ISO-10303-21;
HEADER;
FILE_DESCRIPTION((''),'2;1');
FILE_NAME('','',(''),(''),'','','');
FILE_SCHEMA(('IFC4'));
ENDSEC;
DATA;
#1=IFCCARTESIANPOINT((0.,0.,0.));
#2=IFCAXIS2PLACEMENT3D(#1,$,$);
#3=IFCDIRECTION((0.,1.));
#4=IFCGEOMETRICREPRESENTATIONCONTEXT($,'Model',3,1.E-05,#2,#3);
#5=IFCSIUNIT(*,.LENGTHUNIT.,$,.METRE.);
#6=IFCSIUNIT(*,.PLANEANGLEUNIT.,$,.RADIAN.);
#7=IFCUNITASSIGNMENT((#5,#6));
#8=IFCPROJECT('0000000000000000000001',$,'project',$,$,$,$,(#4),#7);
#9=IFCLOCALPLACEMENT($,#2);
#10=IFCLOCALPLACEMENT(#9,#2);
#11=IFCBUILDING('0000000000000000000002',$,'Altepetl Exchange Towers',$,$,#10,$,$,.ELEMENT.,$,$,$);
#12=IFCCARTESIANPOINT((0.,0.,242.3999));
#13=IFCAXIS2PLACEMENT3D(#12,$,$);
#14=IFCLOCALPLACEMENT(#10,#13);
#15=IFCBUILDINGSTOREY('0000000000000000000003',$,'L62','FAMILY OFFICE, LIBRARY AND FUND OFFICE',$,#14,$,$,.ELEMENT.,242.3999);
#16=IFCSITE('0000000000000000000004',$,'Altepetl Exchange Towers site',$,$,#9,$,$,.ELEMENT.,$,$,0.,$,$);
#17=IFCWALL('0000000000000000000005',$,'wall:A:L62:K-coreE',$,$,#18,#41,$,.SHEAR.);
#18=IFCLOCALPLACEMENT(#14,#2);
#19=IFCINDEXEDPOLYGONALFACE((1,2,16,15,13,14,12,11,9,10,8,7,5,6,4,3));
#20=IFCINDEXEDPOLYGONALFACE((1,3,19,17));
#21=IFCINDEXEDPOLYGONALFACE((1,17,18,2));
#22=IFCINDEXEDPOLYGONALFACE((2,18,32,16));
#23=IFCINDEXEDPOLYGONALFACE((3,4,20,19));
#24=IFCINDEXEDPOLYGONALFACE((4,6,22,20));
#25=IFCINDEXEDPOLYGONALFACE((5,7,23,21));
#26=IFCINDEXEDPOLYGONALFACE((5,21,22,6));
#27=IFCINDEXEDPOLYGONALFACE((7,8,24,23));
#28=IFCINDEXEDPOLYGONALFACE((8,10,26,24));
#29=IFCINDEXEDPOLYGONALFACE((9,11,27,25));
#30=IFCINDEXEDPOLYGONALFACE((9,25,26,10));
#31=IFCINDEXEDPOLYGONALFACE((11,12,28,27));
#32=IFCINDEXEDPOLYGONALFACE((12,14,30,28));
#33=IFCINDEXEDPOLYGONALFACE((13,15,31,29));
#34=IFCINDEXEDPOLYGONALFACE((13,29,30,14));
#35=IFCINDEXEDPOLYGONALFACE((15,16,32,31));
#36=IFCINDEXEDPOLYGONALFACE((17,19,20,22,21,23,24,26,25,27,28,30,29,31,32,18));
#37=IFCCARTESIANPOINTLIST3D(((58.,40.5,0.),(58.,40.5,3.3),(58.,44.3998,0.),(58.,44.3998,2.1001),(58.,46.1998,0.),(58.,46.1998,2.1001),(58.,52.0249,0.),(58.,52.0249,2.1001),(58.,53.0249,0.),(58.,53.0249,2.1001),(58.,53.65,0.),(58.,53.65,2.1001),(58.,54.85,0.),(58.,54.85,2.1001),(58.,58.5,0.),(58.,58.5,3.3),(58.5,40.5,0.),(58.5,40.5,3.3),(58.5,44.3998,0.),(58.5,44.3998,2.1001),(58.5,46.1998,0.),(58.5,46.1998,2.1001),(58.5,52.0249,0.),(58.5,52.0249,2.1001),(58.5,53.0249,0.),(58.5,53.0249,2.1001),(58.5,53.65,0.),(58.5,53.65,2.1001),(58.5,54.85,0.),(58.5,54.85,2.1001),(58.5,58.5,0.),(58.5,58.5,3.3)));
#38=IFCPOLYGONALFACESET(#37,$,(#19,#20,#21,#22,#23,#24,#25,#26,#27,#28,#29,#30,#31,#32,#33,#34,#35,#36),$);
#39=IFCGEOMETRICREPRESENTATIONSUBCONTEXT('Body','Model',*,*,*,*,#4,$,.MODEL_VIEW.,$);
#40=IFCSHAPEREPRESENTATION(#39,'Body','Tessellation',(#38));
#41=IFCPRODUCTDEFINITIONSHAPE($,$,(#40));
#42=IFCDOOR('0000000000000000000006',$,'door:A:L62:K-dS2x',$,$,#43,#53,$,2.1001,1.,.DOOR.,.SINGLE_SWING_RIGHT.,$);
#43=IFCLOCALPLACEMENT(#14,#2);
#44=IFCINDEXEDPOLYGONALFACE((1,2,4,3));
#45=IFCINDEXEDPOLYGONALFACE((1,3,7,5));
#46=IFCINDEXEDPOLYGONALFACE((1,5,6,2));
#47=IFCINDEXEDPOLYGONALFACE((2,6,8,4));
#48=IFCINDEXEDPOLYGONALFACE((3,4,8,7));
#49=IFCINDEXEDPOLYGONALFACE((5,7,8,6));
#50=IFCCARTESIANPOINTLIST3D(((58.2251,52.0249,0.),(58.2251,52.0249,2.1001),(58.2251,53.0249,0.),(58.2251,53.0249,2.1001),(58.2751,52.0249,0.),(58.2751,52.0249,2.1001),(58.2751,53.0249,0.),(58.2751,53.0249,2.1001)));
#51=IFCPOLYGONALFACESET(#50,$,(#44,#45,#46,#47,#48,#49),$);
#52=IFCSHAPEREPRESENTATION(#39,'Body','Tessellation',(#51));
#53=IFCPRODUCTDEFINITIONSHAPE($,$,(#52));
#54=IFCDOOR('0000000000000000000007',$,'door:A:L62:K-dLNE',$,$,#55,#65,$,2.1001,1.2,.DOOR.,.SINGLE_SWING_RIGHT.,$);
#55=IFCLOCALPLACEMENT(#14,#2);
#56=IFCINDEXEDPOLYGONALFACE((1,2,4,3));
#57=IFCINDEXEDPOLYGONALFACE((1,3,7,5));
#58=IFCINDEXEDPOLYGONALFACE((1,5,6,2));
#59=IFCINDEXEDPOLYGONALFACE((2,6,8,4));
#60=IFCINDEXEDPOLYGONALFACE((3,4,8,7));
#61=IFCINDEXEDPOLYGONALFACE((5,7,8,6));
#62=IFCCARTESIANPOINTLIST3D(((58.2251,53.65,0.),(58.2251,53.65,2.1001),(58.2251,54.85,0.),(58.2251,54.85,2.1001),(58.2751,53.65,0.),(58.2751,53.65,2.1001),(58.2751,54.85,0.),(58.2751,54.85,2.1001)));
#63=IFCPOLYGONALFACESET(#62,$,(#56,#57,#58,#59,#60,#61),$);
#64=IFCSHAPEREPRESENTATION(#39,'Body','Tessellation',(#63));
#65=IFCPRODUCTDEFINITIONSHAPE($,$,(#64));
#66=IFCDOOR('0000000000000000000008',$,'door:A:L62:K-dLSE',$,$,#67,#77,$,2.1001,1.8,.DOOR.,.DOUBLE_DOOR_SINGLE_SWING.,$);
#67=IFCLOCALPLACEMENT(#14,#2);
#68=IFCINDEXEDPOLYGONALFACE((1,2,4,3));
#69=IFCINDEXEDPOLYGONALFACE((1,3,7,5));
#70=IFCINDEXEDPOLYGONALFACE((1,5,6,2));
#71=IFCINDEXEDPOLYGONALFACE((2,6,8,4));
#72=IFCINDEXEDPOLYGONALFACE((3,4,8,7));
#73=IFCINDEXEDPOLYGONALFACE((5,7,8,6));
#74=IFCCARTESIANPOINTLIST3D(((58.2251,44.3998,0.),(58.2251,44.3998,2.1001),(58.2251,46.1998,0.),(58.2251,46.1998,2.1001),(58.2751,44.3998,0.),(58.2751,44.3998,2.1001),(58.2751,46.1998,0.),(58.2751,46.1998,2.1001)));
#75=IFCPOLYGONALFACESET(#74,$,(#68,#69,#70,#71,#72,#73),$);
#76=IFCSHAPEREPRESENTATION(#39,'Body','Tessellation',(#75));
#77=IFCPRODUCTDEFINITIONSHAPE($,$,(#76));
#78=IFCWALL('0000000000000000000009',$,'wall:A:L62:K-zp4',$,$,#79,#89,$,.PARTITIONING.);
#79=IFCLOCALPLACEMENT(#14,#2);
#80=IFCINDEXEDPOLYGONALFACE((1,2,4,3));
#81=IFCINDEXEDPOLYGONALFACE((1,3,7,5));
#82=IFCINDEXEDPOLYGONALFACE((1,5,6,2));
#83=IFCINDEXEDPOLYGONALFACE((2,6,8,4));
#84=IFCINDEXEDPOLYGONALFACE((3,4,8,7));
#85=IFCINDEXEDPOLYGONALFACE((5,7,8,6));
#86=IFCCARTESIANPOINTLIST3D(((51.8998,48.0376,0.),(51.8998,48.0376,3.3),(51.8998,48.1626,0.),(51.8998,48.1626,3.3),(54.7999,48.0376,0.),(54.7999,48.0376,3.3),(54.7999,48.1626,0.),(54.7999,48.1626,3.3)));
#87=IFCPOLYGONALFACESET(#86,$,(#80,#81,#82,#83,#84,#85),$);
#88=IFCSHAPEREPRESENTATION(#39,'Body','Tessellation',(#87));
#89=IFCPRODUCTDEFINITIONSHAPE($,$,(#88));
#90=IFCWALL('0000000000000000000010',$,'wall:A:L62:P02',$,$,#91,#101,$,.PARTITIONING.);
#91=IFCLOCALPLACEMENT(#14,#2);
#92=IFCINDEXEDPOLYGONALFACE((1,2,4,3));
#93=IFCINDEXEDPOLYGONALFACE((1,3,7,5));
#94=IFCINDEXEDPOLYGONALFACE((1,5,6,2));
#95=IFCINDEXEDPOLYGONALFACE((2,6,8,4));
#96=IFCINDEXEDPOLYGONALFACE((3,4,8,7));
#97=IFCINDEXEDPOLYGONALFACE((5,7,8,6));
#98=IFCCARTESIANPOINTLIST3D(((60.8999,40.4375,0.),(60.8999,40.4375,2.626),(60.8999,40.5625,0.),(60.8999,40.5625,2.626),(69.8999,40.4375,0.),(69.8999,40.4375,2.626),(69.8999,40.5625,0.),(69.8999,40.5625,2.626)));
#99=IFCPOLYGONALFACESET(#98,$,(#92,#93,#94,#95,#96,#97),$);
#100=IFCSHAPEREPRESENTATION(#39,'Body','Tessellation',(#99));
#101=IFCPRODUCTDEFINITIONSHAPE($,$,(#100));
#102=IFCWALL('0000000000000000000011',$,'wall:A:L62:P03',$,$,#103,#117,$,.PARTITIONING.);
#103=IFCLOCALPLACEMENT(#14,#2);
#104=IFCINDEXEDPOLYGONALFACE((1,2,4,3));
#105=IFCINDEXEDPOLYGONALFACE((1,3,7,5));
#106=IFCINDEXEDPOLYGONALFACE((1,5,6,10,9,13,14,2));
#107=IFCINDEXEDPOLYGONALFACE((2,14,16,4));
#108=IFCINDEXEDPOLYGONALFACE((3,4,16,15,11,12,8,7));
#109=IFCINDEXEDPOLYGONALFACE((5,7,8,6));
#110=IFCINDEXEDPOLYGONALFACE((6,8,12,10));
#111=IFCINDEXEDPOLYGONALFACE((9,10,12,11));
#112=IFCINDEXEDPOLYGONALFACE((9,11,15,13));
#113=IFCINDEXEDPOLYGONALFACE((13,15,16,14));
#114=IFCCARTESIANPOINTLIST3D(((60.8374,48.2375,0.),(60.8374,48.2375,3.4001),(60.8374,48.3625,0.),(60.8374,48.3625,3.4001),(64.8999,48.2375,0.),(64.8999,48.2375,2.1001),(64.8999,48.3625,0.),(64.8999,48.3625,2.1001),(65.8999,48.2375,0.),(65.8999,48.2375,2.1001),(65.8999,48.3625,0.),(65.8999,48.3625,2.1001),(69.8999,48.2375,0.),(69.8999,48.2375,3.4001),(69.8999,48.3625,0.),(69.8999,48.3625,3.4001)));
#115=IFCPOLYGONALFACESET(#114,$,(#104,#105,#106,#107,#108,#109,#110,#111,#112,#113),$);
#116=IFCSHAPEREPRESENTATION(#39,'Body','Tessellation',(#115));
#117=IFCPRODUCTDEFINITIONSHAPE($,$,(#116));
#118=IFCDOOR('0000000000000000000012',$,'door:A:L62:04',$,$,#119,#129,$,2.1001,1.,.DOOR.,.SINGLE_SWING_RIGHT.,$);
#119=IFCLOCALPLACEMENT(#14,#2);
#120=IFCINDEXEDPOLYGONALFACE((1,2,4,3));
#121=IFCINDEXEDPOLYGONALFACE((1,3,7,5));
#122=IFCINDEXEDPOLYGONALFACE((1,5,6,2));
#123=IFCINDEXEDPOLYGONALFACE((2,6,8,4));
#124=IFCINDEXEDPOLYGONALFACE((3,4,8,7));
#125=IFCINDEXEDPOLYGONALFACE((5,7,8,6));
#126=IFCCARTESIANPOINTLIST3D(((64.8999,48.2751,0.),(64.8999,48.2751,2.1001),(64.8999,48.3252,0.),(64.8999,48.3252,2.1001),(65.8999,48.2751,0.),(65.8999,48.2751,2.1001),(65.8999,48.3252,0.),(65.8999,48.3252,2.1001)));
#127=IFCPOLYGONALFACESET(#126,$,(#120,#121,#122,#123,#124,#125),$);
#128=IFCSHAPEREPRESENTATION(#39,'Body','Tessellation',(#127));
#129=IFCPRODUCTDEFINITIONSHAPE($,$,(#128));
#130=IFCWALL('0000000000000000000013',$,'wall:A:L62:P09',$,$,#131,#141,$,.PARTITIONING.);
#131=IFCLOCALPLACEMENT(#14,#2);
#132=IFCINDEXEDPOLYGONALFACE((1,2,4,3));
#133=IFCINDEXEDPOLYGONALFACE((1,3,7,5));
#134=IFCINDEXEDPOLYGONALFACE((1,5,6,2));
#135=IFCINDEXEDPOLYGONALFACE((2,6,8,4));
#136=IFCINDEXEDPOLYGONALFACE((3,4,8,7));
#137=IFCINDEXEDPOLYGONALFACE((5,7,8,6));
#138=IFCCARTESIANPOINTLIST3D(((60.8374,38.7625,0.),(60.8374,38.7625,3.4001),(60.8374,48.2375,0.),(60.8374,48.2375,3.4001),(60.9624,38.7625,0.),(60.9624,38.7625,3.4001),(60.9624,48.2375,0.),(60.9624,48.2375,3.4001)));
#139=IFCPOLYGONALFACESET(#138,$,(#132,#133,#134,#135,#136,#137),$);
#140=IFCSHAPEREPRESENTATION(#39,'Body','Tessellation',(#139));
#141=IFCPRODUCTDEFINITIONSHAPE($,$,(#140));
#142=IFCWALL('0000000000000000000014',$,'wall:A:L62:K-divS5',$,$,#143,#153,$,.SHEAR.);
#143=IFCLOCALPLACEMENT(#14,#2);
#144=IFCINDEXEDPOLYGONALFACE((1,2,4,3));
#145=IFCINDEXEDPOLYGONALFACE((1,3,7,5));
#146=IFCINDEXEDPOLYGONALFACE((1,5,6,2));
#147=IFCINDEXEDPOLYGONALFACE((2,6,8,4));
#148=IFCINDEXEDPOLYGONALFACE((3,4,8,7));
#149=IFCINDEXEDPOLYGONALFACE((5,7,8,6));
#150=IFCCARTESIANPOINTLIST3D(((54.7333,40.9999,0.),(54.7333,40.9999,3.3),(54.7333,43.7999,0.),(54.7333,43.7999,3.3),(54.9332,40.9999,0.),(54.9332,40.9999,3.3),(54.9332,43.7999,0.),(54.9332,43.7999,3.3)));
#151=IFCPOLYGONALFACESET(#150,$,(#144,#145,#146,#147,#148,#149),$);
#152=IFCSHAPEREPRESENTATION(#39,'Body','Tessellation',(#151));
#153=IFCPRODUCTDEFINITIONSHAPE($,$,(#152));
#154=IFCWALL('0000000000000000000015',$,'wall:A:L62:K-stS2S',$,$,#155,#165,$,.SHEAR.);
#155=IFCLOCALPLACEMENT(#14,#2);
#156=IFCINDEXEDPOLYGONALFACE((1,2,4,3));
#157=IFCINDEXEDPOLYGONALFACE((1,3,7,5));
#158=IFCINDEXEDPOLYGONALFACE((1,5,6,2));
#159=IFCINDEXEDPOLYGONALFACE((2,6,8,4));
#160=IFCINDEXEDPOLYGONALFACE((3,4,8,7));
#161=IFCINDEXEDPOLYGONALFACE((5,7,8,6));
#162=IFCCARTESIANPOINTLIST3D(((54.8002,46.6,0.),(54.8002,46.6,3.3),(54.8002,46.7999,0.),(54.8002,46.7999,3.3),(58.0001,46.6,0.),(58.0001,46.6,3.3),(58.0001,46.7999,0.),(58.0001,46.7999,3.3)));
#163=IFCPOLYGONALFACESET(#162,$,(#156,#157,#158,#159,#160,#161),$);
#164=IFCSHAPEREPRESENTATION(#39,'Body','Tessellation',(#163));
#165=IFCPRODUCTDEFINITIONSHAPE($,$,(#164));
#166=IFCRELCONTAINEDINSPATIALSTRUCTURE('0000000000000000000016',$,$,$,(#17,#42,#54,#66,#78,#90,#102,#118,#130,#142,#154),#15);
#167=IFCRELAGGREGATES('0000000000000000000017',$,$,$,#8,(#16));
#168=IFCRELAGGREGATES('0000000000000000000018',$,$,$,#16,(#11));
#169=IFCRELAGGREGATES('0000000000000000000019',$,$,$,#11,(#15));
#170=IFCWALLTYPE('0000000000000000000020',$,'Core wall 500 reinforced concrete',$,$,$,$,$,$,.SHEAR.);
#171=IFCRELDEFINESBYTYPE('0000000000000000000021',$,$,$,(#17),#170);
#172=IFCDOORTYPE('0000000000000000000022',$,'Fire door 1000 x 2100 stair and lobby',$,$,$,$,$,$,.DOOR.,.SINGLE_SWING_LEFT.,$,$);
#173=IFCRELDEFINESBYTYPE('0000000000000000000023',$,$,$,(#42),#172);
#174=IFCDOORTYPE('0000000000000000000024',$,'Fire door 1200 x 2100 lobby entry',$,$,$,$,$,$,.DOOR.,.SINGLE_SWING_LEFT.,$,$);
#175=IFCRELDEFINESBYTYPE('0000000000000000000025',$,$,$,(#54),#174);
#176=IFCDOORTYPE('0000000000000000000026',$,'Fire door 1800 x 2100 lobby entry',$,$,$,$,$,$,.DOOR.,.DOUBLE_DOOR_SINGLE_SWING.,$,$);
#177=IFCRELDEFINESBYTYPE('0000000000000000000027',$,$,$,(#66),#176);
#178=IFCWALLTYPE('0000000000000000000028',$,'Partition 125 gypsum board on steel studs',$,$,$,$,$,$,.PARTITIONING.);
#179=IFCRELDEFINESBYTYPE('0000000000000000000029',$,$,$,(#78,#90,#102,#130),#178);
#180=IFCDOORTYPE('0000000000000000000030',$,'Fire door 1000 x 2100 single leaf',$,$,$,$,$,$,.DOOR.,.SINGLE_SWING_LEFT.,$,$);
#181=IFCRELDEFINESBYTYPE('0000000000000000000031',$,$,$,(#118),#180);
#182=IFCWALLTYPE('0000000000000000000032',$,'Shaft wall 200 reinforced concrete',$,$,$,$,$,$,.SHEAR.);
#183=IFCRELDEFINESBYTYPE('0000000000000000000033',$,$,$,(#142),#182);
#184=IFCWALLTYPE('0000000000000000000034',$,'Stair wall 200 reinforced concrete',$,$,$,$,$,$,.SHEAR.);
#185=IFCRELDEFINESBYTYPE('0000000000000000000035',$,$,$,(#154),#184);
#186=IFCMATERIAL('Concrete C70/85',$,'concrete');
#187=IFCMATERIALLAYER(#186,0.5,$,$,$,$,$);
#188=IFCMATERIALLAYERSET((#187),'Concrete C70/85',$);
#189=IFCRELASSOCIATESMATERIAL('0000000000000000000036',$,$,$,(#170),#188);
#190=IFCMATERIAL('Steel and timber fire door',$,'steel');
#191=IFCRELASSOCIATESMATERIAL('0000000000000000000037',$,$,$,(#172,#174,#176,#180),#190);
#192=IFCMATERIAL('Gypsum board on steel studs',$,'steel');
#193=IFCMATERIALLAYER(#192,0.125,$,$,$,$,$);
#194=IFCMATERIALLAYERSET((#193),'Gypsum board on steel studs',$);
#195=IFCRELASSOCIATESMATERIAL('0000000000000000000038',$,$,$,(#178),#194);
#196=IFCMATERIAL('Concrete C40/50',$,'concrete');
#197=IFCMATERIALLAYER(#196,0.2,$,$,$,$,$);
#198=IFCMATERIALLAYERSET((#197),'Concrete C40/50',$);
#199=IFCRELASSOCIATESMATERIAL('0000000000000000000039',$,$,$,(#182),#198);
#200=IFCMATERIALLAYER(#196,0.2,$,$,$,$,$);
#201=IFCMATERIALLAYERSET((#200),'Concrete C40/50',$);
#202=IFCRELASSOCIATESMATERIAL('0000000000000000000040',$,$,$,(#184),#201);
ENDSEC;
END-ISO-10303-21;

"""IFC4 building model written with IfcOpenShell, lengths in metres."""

from ifc_helpers import new_model, si_unit, direction, frame, frame_2d, origin, place, context, subcontext, project, spatial, rectangle, extrude, material, layer, layer_set, type_object, element, fill, save


model = new_model("IFC4")

# Units and contexts
model_context = context("Model", 3, precision=1e-05, world=origin(), true_north=direction((0.0, 1.0)))
body_context = subcontext(model_context, "Body", "Model", "MODEL_VIEW")
ifc_project = project(units=[si_unit("LENGTHUNIT", "METRE"), si_unit("PLANEANGLEUNIT", "RADIAN")], contexts=[model_context])

# Site, building, storey
site_placement = place(None, origin())
site = spatial("IfcSite", under=ifc_project, at=site_placement, Name="Altepetl Exchange Towers site", CompositionType="ELEMENT", RefElevation=0.0)
building_placement = place(site_placement, origin())
building = spatial("IfcBuilding", under=site, at=building_placement, Name="Altepetl Exchange Towers", CompositionType="ELEMENT")
storey_placement = place(building_placement, frame((0.0, 0.0, 242.3999)))
storey = spatial("IfcBuildingStorey", under=building, at=storey_placement, Name="L62", Description="FAMILY OFFICE, LIBRARY AND FUND OFFICE", CompositionType="ELEMENT", Elevation=242.3999)

# Shared definitions
ifc_material_1 = material(Name="Concrete C70/85", Category="concrete")

# Wall, openings, doors
ifc_layer_1 = layer(ifc_material_1, 0.5)
ifc_layer_set_1 = layer_set([ifc_layer_1], Name="Concrete C70/85")
wall_type_1 = type_object("IfcWallType", Name="Core wall 500 reinforced concrete", PredefinedType="SHEAR", material=ifc_layer_set_1)
wall_1_placement = place(storey_placement, frame((58.25, 40.5, 0.0), z_axis=(0.0, 0.0, 1.0), x_axis=(0.0, 1.0, 0.0)))
wall_1 = element("IfcWall", 1, at=wall_1_placement, inside=storey, type_object=wall_type_1, Name="wall:A:L62:K-coreE", PredefinedType="SHEAR", context=body_context, shape_type="SweptSolid", body=[
    extrude(rectangle(XDim=18.0, YDim=0.5, at=frame_2d((9.0, 0.0))), origin(), (0.0, 0.0, 1.0), 3.3),
])
opening_1_placement = place(wall_1_placement, frame((13.1499, 0.0, 0.0)))
opening_1 = element("IfcOpeningElement", 2, at=opening_1_placement, cuts=wall_1, PredefinedType="OPENING", context=body_context, shape_type="SweptSolid", body=[
    extrude(rectangle(XDim=1.2, YDim=2.1001, at=frame_2d((0.6001, 1.05))), frame((0.0, 0.26, 0.0), z_axis=(0.0, -1.0, 0.0), x_axis=(1.0, 0.0, 0.0)), (0.0, 0.0, 1.0), 0.52),
])
opening_2_placement = place(wall_1_placement, frame((3.8999, 0.0, 0.0)))
opening_2 = element("IfcOpeningElement", 3, at=opening_2_placement, cuts=wall_1, PredefinedType="OPENING", context=body_context, shape_type="SweptSolid", body=[
    extrude(rectangle(XDim=1.8, YDim=2.1001, at=frame_2d((0.8999, 1.05))), frame((0.0, 0.26, 0.0), z_axis=(0.0, -1.0, 0.0), x_axis=(1.0, 0.0, 0.0)), (0.0, 0.0, 1.0), 0.52),
])
opening_3_placement = place(wall_1_placement, frame((11.5249, 0.0, 0.0)))
opening_3 = element("IfcOpeningElement", 4, at=opening_3_placement, cuts=wall_1, PredefinedType="OPENING", context=body_context, shape_type="SweptSolid", body=[
    extrude(rectangle(XDim=1.0, YDim=2.1001, at=frame_2d((0.5, 1.05))), frame((0.0, 0.26, 0.0), z_axis=(0.0, -1.0, 0.0), x_axis=(1.0, 0.0, 0.0)), (0.0, 0.0, 1.0), 0.52),
])
ifc_material_2 = material(Name="Steel and timber fire door", Category="steel")
door_type_1 = type_object("IfcDoorType", Name="Fire door 1000 x 2100 stair and lobby", OperationType="SINGLE_SWING_LEFT", PredefinedType="DOOR", material=ifc_material_2)
door_1_placement = place(opening_3_placement, origin())
door_1 = element("IfcDoor", 5, at=door_1_placement, inside=storey, type_object=door_type_1, Name="door:A:L62:K-dS2x", OperationType="SINGLE_SWING_RIGHT", OverallHeight=2.1001, OverallWidth=1.0, PredefinedType="DOOR", context=body_context, shape_type="SweptSolid", body=[
    extrude(rectangle(XDim=1.0, YDim=2.1001, at=frame_2d((0.5, 1.05))), frame((0.0, 0.0249, 0.0), z_axis=(0.0, -1.0, 0.0), x_axis=(1.0, 0.0, 0.0)), (0.0, 0.0, 1.0), 0.05),
])
fill(opening_3, door_1)
door_type_2 = type_object("IfcDoorType", Name="Fire door 1200 x 2100 lobby entry", OperationType="SINGLE_SWING_LEFT", PredefinedType="DOOR", material=ifc_material_2)
door_2_placement = place(opening_1_placement, origin())
door_2 = element("IfcDoor", 6, at=door_2_placement, inside=storey, type_object=door_type_2, Name="door:A:L62:K-dLNE", OperationType="SINGLE_SWING_RIGHT", OverallHeight=2.1001, OverallWidth=1.2, PredefinedType="DOOR", context=body_context, shape_type="SweptSolid", body=[
    extrude(rectangle(XDim=1.2, YDim=2.1001, at=frame_2d((0.6001, 1.05))), frame((0.0, 0.0249, 0.0), z_axis=(0.0, -1.0, 0.0), x_axis=(1.0, 0.0, 0.0)), (0.0, 0.0, 1.0), 0.05),
])
fill(opening_1, door_2)
door_type_3 = type_object("IfcDoorType", Name="Fire door 1800 x 2100 lobby entry", OperationType="DOUBLE_DOOR_SINGLE_SWING", PredefinedType="DOOR", material=ifc_material_2)
door_3_placement = place(opening_2_placement, origin())
door_3 = element("IfcDoor", 7, at=door_3_placement, inside=storey, type_object=door_type_3, Name="door:A:L62:K-dLSE", OperationType="DOUBLE_DOOR_SINGLE_SWING", OverallHeight=2.1001, OverallWidth=1.8, PredefinedType="DOOR", context=body_context, shape_type="SweptSolid", body=[
    extrude(rectangle(XDim=1.8, YDim=2.1001, at=frame_2d((0.8999, 1.05))), frame((0.0, 0.0249, 0.0), z_axis=(0.0, -1.0, 0.0), x_axis=(1.0, 0.0, 0.0)), (0.0, 0.0, 1.0), 0.05),
])
fill(opening_2, door_3)

# Walls
ifc_material_3 = material(Name="Gypsum board on steel studs", Category="steel")
ifc_layer_2 = layer(ifc_material_3, 0.125)
ifc_layer_set_2 = layer_set([ifc_layer_2], Name="Gypsum board on steel studs")
wall_type_2 = type_object("IfcWallType", Name="Partition 125 gypsum board on steel studs", PredefinedType="PARTITIONING", material=ifc_layer_set_2)
wall_2_placement = place(storey_placement, frame((54.8, 48.1001, 0.0), z_axis=(0.0, 0.0, 1.0), x_axis=(-1.0, 0.0, 0.0)))
element("IfcWall", 8, at=wall_2_placement, inside=storey, type_object=wall_type_2, Name="wall:A:L62:K-zp4", PredefinedType="PARTITIONING", context=body_context, shape_type="SweptSolid", body=[
    extrude(rectangle(XDim=2.9001, YDim=0.125, at=frame_2d((1.4502, 0.0))), origin(), (0.0, 0.0, 1.0), 3.3),
])
wall_3_placement = place(storey_placement, frame((60.8999, 40.5, 0.0)))
element("IfcWall", 9, at=wall_3_placement, inside=storey, type_object=wall_type_2, Name="wall:A:L62:P02", PredefinedType="PARTITIONING", context=body_context, shape_type="SweptSolid", body=[
    extrude(rectangle(XDim=9.0, YDim=0.125, at=frame_2d((4.5, 0.0))), origin(), (0.0, 0.0, 1.0), 2.626),
])

# Wall, opening, door
wall_4_placement = place(storey_placement, frame((60.8374, 48.3, 0.0)))
wall_4 = element("IfcWall", 10, at=wall_4_placement, inside=storey, type_object=wall_type_2, Name="wall:A:L62:P03", PredefinedType="PARTITIONING", context=body_context, shape_type="SweptSolid", body=[
    extrude(rectangle(XDim=9.0625, YDim=0.125, at=frame_2d((4.5312, 0.0))), origin(), (0.0, 0.0, 1.0), 3.4001),
])
opening_4_placement = place(wall_4_placement, frame((4.0625, 0.0, 0.0)))
opening_4 = element("IfcOpeningElement", 11, at=opening_4_placement, cuts=wall_4, PredefinedType="OPENING", context=body_context, shape_type="SweptSolid", body=[
    extrude(rectangle(XDim=1.0, YDim=2.1001, at=frame_2d((0.5, 1.05))), frame((0.0, 0.0725, 0.0), z_axis=(0.0, -1.0, 0.0), x_axis=(1.0, 0.0, 0.0)), (0.0, 0.0, 1.0), 0.145),
])
door_type_4 = type_object("IfcDoorType", Name="Fire door 1000 x 2100 single leaf", OperationType="SINGLE_SWING_LEFT", PredefinedType="DOOR", material=ifc_material_2)
door_4_placement = place(opening_4_placement, frame((1.0, 0.0, 0.0), x_axis=(-1.0, 0.0, 0.0)))
door_4 = element("IfcDoor", 12, at=door_4_placement, inside=storey, type_object=door_type_4, Name="door:A:L62:04", OperationType="SINGLE_SWING_RIGHT", OverallHeight=2.1001, OverallWidth=1.0, PredefinedType="DOOR", context=body_context, shape_type="SweptSolid", body=[
    extrude(rectangle(XDim=1.0, YDim=2.1001, at=frame_2d((0.5, 1.05))), frame((0.0, 0.0249, 0.0), z_axis=(0.0, -1.0, 0.0), x_axis=(1.0, 0.0, 0.0)), (0.0, 0.0, 1.0), 0.05),
])
fill(opening_4, door_4)

# Walls
wall_5_placement = place(storey_placement, frame((60.8999, 38.7625, 0.0), z_axis=(0.0, 0.0, 1.0), x_axis=(0.0, 1.0, 0.0)))
element("IfcWall", 13, at=wall_5_placement, inside=storey, type_object=wall_type_2, Name="wall:A:L62:P09", PredefinedType="PARTITIONING", context=body_context, shape_type="SweptSolid", body=[
    extrude(rectangle(XDim=9.4751, YDim=0.125, at=frame_2d((4.7375, 0.0))), origin(), (0.0, 0.0, 1.0), 3.4001),
])
ifc_material_4 = material(Name="Concrete C40/50", Category="concrete")
ifc_layer_3 = layer(ifc_material_4, 0.2)
ifc_layer_set_3 = layer_set([ifc_layer_3], Name="Concrete C40/50")
wall_type_3 = type_object("IfcWallType", Name="Shaft wall 200 reinforced concrete", PredefinedType="SHEAR", material=ifc_layer_set_3)
wall_6_placement = place(storey_placement, frame((54.8333, 41.0, 0.0), z_axis=(0.0, 0.0, 1.0), x_axis=(0.0, 1.0, 0.0)))
element("IfcWall", 14, at=wall_6_placement, inside=storey, type_object=wall_type_3, Name="wall:A:L62:K-divS5", PredefinedType="SHEAR", context=body_context, shape_type="SweptSolid", body=[
    extrude(rectangle(XDim=2.8, YDim=0.2, at=frame_2d((1.3999, 0.0))), origin(), (0.0, 0.0, 1.0), 3.3),
])
ifc_layer_4 = layer(ifc_material_4, 0.2)
ifc_layer_set_4 = layer_set([ifc_layer_4], Name="Concrete C40/50")
wall_type_4 = type_object("IfcWallType", Name="Stair wall 200 reinforced concrete", PredefinedType="SHEAR", material=ifc_layer_set_4)
wall_7_placement = place(storey_placement, frame((54.8, 46.7, 0.0)))
element("IfcWall", 15, at=wall_7_placement, inside=storey, type_object=wall_type_4, Name="wall:A:L62:K-stS2S", PredefinedType="SHEAR", context=body_context, shape_type="SweptSolid", body=[
    extrude(rectangle(XDim=3.2, YDim=0.2, at=frame_2d((1.6001, 0.0))), origin(), (0.0, 0.0, 1.0), 3.3),
])

save(model, "model.ifc")
